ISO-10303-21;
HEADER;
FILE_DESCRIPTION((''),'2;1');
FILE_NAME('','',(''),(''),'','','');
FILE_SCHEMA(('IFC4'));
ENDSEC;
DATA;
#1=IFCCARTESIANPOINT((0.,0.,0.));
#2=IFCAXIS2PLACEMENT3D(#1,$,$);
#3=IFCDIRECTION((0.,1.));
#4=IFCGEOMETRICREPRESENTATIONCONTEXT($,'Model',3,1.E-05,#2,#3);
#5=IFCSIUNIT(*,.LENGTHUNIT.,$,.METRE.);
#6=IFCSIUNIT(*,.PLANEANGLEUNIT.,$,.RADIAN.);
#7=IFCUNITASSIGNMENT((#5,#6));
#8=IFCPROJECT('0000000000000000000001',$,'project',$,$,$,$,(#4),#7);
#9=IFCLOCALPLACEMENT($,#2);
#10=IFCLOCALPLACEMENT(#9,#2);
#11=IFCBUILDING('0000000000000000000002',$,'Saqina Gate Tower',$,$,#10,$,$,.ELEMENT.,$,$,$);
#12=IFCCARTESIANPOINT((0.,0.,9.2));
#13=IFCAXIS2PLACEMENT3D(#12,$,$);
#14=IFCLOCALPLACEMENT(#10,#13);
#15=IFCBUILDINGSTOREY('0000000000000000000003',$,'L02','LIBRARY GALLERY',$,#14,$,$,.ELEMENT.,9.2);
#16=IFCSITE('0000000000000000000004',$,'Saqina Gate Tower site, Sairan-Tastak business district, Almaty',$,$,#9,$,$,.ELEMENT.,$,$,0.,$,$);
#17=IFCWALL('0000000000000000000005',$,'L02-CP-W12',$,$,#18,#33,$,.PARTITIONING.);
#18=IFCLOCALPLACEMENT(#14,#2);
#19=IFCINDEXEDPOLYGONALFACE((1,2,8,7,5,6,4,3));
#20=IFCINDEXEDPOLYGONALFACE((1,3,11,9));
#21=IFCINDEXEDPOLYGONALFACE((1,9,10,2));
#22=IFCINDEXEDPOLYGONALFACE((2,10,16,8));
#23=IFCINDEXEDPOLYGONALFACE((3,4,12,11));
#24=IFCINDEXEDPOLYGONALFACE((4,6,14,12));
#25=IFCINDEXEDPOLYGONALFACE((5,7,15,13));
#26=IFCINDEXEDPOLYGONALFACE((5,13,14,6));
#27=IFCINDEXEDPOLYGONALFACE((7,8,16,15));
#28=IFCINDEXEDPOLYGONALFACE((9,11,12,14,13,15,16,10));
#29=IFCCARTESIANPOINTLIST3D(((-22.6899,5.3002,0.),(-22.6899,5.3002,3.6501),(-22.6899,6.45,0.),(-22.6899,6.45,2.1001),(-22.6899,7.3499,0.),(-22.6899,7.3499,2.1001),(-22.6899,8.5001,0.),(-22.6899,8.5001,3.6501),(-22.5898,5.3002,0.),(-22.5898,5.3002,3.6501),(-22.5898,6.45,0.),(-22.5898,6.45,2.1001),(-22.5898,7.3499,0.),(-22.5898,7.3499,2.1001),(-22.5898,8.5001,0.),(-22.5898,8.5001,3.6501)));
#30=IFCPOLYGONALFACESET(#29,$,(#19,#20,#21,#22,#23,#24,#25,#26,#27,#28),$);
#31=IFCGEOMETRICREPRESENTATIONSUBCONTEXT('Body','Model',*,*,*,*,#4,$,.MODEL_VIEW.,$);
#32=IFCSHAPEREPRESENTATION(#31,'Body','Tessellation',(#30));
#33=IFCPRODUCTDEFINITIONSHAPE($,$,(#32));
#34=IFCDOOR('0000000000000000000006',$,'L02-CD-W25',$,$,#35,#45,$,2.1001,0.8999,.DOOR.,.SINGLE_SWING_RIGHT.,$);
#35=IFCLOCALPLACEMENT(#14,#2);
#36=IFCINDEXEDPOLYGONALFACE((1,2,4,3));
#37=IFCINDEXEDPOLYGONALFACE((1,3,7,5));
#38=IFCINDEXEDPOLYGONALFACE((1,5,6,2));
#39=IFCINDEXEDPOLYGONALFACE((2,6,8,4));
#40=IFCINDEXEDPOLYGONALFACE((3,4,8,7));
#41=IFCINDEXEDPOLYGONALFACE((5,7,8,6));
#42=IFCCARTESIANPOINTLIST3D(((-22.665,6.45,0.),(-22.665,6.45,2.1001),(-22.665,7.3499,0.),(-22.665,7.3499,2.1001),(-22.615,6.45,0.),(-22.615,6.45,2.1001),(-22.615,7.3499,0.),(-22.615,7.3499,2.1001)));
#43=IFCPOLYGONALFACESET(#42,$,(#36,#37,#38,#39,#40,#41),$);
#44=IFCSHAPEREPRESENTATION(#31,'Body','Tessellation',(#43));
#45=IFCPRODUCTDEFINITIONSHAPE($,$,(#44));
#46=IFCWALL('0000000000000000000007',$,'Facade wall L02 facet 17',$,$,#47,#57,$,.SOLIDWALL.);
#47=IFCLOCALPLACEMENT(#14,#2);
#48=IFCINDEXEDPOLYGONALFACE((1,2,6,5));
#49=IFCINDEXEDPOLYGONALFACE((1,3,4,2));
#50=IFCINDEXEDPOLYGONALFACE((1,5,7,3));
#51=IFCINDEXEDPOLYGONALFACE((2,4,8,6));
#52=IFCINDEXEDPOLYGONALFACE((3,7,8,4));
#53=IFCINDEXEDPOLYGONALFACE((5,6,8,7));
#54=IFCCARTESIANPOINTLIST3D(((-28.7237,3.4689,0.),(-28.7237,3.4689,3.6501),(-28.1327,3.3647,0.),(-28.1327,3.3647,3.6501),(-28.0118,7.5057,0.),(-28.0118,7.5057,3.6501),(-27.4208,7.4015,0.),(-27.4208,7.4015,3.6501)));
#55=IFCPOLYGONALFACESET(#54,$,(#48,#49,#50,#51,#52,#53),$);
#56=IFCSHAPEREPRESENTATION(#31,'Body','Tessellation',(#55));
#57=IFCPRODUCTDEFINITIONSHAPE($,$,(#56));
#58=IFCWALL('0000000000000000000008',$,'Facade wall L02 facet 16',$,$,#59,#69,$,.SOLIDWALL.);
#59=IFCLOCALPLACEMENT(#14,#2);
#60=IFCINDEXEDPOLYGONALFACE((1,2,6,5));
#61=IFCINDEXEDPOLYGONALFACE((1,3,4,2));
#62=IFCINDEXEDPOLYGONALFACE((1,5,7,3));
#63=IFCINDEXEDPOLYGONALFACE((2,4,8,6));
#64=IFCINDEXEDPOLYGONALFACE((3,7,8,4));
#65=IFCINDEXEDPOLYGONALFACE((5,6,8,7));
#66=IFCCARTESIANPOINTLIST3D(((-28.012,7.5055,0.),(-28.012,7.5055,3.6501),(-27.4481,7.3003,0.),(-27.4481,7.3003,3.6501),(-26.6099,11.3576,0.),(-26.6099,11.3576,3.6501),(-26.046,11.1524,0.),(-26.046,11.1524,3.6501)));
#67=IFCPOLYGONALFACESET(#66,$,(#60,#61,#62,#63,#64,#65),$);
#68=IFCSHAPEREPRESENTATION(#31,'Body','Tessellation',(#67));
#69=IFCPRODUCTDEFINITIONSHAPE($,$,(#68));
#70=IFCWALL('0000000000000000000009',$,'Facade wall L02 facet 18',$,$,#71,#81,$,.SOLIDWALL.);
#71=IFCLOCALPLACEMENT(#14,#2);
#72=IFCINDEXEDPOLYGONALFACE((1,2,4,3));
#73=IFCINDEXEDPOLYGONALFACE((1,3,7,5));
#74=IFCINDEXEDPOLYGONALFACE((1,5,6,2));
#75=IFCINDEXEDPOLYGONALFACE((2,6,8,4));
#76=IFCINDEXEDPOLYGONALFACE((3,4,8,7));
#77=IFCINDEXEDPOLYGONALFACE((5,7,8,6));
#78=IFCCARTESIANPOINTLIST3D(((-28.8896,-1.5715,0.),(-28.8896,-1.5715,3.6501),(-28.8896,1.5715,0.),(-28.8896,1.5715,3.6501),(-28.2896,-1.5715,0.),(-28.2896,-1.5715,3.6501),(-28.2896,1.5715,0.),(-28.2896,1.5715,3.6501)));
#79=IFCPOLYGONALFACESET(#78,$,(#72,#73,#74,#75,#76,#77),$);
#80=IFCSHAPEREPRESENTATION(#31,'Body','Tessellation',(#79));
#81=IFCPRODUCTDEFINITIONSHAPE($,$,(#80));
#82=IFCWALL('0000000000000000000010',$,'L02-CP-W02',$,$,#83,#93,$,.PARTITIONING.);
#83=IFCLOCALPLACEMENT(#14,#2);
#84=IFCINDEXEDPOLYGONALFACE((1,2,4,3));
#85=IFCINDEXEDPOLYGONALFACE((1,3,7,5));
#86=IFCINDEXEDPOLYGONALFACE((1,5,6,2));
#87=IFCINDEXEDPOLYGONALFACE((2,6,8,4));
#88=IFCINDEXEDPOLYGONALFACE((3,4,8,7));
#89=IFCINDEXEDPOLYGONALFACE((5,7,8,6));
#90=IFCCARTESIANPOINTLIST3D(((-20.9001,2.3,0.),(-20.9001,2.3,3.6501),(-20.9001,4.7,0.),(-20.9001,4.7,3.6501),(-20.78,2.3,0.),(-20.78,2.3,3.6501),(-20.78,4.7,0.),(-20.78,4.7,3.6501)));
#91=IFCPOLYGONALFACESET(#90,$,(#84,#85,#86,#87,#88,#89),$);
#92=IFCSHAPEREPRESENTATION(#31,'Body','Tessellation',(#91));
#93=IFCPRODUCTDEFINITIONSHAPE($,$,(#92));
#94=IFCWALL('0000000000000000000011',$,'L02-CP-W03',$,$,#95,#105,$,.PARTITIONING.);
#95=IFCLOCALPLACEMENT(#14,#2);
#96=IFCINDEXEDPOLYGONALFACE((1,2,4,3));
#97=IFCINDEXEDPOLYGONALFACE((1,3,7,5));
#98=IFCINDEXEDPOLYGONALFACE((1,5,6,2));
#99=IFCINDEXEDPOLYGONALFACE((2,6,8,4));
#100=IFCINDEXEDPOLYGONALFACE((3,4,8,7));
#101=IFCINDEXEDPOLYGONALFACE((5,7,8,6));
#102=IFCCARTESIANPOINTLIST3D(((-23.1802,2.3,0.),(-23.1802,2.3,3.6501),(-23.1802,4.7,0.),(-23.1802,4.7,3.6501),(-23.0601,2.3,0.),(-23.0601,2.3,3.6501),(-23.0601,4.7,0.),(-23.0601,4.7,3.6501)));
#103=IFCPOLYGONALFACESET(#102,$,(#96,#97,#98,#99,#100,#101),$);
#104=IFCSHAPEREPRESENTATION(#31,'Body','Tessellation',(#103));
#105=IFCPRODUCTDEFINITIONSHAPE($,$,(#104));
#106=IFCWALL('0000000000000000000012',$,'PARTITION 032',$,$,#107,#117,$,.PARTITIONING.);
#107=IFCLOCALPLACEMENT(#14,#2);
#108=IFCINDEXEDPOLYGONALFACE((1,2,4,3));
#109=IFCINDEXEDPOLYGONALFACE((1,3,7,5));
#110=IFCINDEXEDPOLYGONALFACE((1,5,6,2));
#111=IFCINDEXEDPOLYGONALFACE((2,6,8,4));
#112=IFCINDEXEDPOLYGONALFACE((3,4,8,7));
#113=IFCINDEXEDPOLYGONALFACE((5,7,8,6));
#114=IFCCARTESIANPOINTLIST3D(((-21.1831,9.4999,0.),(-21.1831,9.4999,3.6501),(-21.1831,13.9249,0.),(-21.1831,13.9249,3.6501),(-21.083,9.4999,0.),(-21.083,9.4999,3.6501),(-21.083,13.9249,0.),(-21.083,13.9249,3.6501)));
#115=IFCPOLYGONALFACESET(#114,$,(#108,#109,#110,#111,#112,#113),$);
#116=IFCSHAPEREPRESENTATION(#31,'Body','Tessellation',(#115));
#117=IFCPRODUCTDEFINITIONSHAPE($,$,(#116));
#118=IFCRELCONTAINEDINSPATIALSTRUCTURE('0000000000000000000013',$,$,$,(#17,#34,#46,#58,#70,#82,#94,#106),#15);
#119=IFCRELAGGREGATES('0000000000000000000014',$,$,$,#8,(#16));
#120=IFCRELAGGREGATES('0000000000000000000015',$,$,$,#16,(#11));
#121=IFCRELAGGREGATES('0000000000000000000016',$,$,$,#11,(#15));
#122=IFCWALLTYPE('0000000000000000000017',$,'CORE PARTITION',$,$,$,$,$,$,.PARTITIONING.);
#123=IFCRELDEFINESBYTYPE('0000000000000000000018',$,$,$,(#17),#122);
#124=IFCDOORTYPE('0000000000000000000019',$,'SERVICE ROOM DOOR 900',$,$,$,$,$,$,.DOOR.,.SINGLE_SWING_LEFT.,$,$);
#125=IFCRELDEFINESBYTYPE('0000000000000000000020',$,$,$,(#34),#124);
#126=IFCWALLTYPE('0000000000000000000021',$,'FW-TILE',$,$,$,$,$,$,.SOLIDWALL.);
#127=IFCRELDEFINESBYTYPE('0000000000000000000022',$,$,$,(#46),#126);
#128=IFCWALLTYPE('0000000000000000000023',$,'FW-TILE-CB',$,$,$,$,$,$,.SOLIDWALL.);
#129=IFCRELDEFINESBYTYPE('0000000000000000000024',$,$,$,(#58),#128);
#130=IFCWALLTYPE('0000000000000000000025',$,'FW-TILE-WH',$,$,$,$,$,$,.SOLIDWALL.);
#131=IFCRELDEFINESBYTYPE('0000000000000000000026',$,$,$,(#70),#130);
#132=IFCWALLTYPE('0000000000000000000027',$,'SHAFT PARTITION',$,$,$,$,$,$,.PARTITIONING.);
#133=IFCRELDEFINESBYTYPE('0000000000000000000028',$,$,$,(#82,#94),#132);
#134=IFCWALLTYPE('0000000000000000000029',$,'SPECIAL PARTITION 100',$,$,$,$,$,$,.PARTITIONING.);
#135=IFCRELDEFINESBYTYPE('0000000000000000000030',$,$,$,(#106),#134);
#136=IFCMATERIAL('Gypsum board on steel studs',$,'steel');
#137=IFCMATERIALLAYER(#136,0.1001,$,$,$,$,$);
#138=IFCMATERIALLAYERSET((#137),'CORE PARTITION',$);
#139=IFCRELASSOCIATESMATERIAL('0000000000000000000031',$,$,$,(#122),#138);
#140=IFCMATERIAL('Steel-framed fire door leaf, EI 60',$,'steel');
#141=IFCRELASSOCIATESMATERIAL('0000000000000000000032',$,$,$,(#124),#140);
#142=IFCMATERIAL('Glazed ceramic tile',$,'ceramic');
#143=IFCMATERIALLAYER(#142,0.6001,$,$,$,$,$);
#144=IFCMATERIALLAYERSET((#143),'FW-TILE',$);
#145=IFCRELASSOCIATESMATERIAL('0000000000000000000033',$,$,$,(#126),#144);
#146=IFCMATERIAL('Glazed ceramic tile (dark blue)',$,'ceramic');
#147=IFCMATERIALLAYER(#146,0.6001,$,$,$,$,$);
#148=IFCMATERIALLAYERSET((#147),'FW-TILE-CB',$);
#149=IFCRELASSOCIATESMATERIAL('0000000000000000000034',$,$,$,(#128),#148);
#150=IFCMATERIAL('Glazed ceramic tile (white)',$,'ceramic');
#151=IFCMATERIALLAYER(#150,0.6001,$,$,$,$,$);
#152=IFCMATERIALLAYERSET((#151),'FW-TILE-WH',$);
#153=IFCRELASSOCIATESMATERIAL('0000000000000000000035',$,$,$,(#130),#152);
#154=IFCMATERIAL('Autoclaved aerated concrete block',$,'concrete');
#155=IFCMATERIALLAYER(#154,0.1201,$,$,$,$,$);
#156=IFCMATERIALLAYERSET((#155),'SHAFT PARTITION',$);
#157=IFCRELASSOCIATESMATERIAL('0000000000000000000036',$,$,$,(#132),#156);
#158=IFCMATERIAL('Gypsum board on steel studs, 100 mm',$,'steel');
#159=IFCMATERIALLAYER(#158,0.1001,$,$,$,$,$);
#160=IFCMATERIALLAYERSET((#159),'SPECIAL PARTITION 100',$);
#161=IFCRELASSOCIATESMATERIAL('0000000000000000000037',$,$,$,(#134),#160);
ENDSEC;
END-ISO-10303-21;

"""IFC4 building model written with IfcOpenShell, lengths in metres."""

from ifc_helpers import new_model, si_unit, direction, frame, frame_2d, origin, place, context, subcontext, project, spatial, rectangle, extrude, material, layer, layer_set, type_object, element, fill, save


model = new_model("IFC4")

# Units and contexts
model_context = context("Model", 3, precision=1e-05, world=origin(), true_north=direction((0.0, 1.0)))
body_context = subcontext(model_context, "Body", "Model", "MODEL_VIEW")
ifc_project = project(units=[si_unit("LENGTHUNIT", "METRE"), si_unit("PLANEANGLEUNIT", "RADIAN")], contexts=[model_context])

# Site, building, storey
site_placement = place(None, origin())
site = spatial("IfcSite", under=ifc_project, at=site_placement, Name="Saqina Gate Tower site, Sairan-Tastak business district, Almaty", CompositionType="ELEMENT", RefElevation=0.0)
building_placement = place(site_placement, origin())
building = spatial("IfcBuilding", under=site, at=building_placement, Name="Saqina Gate Tower", CompositionType="ELEMENT")
storey_placement = place(building_placement, frame((0.0, 0.0, 9.2)))
storey = spatial("IfcBuildingStorey", under=building, at=storey_placement, Name="L02", Description="LIBRARY GALLERY", CompositionType="ELEMENT", Elevation=9.2)

# Shared definitions
ifc_material_1 = material(Name="Gypsum board on steel studs", Category="steel")
ifc_layer_1 = layer(ifc_material_1, 0.1001)
ifc_layer_set_1 = layer_set([ifc_layer_1], Name="CORE PARTITION")
wall_type_1 = type_object("IfcWallType", Name="CORE PARTITION", PredefinedType="PARTITIONING", material=ifc_layer_set_1)

# Wall, opening, door
wall_1_placement = place(storey_placement, frame((-22.6399, 5.3, 0.0), z_axis=(0.0, 0.0, 1.0), x_axis=(0.0, 1.0, 0.0)))
wall_1 = element("IfcWall", 1, at=wall_1_placement, inside=storey, type_object=wall_type_1, Name="L02-CP-W12", PredefinedType="PARTITIONING", context=body_context, shape_type="SweptSolid", body=[
    extrude(rectangle(XDim=3.2, YDim=0.1001, at=frame_2d((1.6001, 0.0))), origin(), (0.0, 0.0, 1.0), 3.6501),
])
opening_1_placement = place(wall_1_placement, frame((1.1499, 0.0, 0.0)))
opening_1 = element("IfcOpeningElement", 2, at=opening_1_placement, cuts=wall_1, PredefinedType="OPENING", context=body_context, shape_type="SweptSolid", body=[
    extrude(rectangle(XDim=0.8999, YDim=2.1001, at=frame_2d((0.45, 1.05))), frame((0.0, 0.062, 0.0), z_axis=(0.0, -1.0, 0.0), x_axis=(1.0, 0.0, 0.0)), (0.0, 0.0, 1.0), 0.124),
])
ifc_material_2 = material(Name="Steel-framed fire door leaf, EI 60", Category="steel")
door_type_1 = type_object("IfcDoorType", Name="SERVICE ROOM DOOR 900", OperationType="SINGLE_SWING_LEFT", PredefinedType="DOOR", material=ifc_material_2)
door_1_placement = place(opening_1_placement, frame((0.8999, 0.0, 0.0), z_axis=(0.0, 0.0, 1.0), x_axis=(-1.0, 0.0, 0.0)))
door_1 = element("IfcDoor", 3, at=door_1_placement, inside=storey, type_object=door_type_1, Name="L02-CD-W25", OperationType="SINGLE_SWING_RIGHT", OverallHeight=2.1001, OverallWidth=0.8999, PredefinedType="DOOR", context=body_context, shape_type="SweptSolid", body=[
    extrude(rectangle(XDim=0.8999, YDim=2.1001, at=frame_2d((0.45, 1.05))), frame((0.0, 0.0249, 0.0), z_axis=(0.0, -1.0, 0.0), x_axis=(1.0, 0.0, 0.0)), (0.0, 0.0, 1.0), 0.05),
])
fill(opening_1, door_1)

# Walls
ifc_material_3 = material(Name="Glazed ceramic tile", Category="ceramic")
ifc_layer_2 = layer(ifc_material_3, 0.6001)
ifc_layer_set_2 = layer_set([ifc_layer_2], Name="FW-TILE")
wall_type_2 = type_object("IfcWallType", Name="FW-TILE", PredefinedType="SOLIDWALL", material=ifc_layer_set_2)
wall_2_placement = place(storey_placement, frame((-27.7163, 7.4536, 0.0), z_axis=(0.0, 0.0, 1.0), x_axis=(-0.173673, -0.984803, 0.0)))
element("IfcWall", 4, at=wall_2_placement, inside=storey, type_object=wall_type_2, Name="Facade wall L02 facet 17", PredefinedType="SOLIDWALL", context=body_context, shape_type="SweptSolid", body=[
    extrude(rectangle(XDim=4.0991, YDim=0.6001, at=frame_2d((2.0496, 0.0))), origin(), (0.0, 0.0, 1.0), 3.6501),
])
ifc_material_4 = material(Name="Glazed ceramic tile (dark blue)", Category="ceramic")
ifc_layer_3 = layer(ifc_material_4, 0.6001)
ifc_layer_set_3 = layer_set([ifc_layer_3], Name="FW-TILE-CB")
wall_type_3 = type_object("IfcWallType", Name="FW-TILE-CB", PredefinedType="SOLIDWALL", material=ifc_layer_set_3)
wall_3_placement = place(storey_placement, frame((-26.3279, 11.2551, 0.0), z_axis=(0.0, 0.0, 1.0), x_axis=(-0.342035, -0.939687, 0.0)))
element("IfcWall", 5, at=wall_3_placement, inside=storey, type_object=wall_type_3, Name="Facade wall L02 facet 16", PredefinedType="SOLIDWALL", context=body_context, shape_type="SweptSolid", body=[
    extrude(rectangle(XDim=4.0994, YDim=0.6001, at=frame_2d((2.0498, 0.0))), origin(), (0.0, 0.0, 1.0), 3.6501),
])
ifc_material_5 = material(Name="Glazed ceramic tile (white)", Category="ceramic")
ifc_layer_4 = layer(ifc_material_5, 0.6001)
ifc_layer_set_4 = layer_set([ifc_layer_4], Name="FW-TILE-WH")
wall_type_4 = type_object("IfcWallType", Name="FW-TILE-WH", PredefinedType="SOLIDWALL", material=ifc_layer_set_4)
wall_4_placement = place(storey_placement, frame((-28.5896, 1.5715, 0.0), z_axis=(0.0, 0.0, 1.0), x_axis=(0.0, -1.0, 0.0)))
element("IfcWall", 6, at=wall_4_placement, inside=storey, type_object=wall_type_4, Name="Facade wall L02 facet 18", PredefinedType="SOLIDWALL", context=body_context, shape_type="SweptSolid", body=[
    extrude(rectangle(XDim=3.1431, YDim=0.6001, at=frame_2d((1.5715, 0.0))), origin(), (0.0, 0.0, 1.0), 3.6501),
])
ifc_material_6 = material(Name="Autoclaved aerated concrete block", Category="concrete")
ifc_layer_5 = layer(ifc_material_6, 0.1201)
ifc_layer_set_5 = layer_set([ifc_layer_5], Name="SHAFT PARTITION")
wall_type_5 = type_object("IfcWallType", Name="SHAFT PARTITION", PredefinedType="PARTITIONING", material=ifc_layer_set_5)
for number, where, z_axis, x_axis, name in (
    (7, (-20.8401, 2.3, 0.0), (0.0, 0.0, 1.0), (0.0, 1.0, 0.0), "L02-CP-W02"),
    (8, (-23.1201, 2.3, 0.0), (0.0, 0.0, 1.0), (0.0, 1.0, 0.0), "L02-CP-W03"),
):
    element("IfcWall", number, at=place(storey_placement, frame(where, z_axis=z_axis, x_axis=x_axis)), inside=storey, type_object=wall_type_5, Name=name, PredefinedType="PARTITIONING", context=body_context, shape_type="SweptSolid", body=[
        extrude(rectangle(XDim=2.3999, YDim=0.1201, at=frame_2d((1.2, 0.0))), origin(), (0.0, 0.0, 1.0), 3.6501),
    ])
ifc_material_7 = material(Name="Gypsum board on steel studs, 100 mm", Category="steel")
ifc_layer_6 = layer(ifc_material_7, 0.1001)
ifc_layer_set_6 = layer_set([ifc_layer_6], Name="SPECIAL PARTITION 100")
wall_type_6 = type_object("IfcWallType", Name="SPECIAL PARTITION 100", PredefinedType="PARTITIONING", material=ifc_layer_set_6)
wall_5_placement = place(storey_placement, frame((-21.1331, 9.5, 0.0), z_axis=(0.0, 0.0, 1.0), x_axis=(0.0, 1.0, 0.0)))
element("IfcWall", 9, at=wall_5_placement, inside=storey, type_object=wall_type_6, Name="PARTITION 032", PredefinedType="PARTITIONING", context=body_context, shape_type="SweptSolid", body=[
    extrude(rectangle(XDim=4.425, YDim=0.1001, at=frame_2d((2.2124, 0.0))), origin(), (0.0, 0.0, 1.0), 3.6501),
])

save(model, "model.ifc")
